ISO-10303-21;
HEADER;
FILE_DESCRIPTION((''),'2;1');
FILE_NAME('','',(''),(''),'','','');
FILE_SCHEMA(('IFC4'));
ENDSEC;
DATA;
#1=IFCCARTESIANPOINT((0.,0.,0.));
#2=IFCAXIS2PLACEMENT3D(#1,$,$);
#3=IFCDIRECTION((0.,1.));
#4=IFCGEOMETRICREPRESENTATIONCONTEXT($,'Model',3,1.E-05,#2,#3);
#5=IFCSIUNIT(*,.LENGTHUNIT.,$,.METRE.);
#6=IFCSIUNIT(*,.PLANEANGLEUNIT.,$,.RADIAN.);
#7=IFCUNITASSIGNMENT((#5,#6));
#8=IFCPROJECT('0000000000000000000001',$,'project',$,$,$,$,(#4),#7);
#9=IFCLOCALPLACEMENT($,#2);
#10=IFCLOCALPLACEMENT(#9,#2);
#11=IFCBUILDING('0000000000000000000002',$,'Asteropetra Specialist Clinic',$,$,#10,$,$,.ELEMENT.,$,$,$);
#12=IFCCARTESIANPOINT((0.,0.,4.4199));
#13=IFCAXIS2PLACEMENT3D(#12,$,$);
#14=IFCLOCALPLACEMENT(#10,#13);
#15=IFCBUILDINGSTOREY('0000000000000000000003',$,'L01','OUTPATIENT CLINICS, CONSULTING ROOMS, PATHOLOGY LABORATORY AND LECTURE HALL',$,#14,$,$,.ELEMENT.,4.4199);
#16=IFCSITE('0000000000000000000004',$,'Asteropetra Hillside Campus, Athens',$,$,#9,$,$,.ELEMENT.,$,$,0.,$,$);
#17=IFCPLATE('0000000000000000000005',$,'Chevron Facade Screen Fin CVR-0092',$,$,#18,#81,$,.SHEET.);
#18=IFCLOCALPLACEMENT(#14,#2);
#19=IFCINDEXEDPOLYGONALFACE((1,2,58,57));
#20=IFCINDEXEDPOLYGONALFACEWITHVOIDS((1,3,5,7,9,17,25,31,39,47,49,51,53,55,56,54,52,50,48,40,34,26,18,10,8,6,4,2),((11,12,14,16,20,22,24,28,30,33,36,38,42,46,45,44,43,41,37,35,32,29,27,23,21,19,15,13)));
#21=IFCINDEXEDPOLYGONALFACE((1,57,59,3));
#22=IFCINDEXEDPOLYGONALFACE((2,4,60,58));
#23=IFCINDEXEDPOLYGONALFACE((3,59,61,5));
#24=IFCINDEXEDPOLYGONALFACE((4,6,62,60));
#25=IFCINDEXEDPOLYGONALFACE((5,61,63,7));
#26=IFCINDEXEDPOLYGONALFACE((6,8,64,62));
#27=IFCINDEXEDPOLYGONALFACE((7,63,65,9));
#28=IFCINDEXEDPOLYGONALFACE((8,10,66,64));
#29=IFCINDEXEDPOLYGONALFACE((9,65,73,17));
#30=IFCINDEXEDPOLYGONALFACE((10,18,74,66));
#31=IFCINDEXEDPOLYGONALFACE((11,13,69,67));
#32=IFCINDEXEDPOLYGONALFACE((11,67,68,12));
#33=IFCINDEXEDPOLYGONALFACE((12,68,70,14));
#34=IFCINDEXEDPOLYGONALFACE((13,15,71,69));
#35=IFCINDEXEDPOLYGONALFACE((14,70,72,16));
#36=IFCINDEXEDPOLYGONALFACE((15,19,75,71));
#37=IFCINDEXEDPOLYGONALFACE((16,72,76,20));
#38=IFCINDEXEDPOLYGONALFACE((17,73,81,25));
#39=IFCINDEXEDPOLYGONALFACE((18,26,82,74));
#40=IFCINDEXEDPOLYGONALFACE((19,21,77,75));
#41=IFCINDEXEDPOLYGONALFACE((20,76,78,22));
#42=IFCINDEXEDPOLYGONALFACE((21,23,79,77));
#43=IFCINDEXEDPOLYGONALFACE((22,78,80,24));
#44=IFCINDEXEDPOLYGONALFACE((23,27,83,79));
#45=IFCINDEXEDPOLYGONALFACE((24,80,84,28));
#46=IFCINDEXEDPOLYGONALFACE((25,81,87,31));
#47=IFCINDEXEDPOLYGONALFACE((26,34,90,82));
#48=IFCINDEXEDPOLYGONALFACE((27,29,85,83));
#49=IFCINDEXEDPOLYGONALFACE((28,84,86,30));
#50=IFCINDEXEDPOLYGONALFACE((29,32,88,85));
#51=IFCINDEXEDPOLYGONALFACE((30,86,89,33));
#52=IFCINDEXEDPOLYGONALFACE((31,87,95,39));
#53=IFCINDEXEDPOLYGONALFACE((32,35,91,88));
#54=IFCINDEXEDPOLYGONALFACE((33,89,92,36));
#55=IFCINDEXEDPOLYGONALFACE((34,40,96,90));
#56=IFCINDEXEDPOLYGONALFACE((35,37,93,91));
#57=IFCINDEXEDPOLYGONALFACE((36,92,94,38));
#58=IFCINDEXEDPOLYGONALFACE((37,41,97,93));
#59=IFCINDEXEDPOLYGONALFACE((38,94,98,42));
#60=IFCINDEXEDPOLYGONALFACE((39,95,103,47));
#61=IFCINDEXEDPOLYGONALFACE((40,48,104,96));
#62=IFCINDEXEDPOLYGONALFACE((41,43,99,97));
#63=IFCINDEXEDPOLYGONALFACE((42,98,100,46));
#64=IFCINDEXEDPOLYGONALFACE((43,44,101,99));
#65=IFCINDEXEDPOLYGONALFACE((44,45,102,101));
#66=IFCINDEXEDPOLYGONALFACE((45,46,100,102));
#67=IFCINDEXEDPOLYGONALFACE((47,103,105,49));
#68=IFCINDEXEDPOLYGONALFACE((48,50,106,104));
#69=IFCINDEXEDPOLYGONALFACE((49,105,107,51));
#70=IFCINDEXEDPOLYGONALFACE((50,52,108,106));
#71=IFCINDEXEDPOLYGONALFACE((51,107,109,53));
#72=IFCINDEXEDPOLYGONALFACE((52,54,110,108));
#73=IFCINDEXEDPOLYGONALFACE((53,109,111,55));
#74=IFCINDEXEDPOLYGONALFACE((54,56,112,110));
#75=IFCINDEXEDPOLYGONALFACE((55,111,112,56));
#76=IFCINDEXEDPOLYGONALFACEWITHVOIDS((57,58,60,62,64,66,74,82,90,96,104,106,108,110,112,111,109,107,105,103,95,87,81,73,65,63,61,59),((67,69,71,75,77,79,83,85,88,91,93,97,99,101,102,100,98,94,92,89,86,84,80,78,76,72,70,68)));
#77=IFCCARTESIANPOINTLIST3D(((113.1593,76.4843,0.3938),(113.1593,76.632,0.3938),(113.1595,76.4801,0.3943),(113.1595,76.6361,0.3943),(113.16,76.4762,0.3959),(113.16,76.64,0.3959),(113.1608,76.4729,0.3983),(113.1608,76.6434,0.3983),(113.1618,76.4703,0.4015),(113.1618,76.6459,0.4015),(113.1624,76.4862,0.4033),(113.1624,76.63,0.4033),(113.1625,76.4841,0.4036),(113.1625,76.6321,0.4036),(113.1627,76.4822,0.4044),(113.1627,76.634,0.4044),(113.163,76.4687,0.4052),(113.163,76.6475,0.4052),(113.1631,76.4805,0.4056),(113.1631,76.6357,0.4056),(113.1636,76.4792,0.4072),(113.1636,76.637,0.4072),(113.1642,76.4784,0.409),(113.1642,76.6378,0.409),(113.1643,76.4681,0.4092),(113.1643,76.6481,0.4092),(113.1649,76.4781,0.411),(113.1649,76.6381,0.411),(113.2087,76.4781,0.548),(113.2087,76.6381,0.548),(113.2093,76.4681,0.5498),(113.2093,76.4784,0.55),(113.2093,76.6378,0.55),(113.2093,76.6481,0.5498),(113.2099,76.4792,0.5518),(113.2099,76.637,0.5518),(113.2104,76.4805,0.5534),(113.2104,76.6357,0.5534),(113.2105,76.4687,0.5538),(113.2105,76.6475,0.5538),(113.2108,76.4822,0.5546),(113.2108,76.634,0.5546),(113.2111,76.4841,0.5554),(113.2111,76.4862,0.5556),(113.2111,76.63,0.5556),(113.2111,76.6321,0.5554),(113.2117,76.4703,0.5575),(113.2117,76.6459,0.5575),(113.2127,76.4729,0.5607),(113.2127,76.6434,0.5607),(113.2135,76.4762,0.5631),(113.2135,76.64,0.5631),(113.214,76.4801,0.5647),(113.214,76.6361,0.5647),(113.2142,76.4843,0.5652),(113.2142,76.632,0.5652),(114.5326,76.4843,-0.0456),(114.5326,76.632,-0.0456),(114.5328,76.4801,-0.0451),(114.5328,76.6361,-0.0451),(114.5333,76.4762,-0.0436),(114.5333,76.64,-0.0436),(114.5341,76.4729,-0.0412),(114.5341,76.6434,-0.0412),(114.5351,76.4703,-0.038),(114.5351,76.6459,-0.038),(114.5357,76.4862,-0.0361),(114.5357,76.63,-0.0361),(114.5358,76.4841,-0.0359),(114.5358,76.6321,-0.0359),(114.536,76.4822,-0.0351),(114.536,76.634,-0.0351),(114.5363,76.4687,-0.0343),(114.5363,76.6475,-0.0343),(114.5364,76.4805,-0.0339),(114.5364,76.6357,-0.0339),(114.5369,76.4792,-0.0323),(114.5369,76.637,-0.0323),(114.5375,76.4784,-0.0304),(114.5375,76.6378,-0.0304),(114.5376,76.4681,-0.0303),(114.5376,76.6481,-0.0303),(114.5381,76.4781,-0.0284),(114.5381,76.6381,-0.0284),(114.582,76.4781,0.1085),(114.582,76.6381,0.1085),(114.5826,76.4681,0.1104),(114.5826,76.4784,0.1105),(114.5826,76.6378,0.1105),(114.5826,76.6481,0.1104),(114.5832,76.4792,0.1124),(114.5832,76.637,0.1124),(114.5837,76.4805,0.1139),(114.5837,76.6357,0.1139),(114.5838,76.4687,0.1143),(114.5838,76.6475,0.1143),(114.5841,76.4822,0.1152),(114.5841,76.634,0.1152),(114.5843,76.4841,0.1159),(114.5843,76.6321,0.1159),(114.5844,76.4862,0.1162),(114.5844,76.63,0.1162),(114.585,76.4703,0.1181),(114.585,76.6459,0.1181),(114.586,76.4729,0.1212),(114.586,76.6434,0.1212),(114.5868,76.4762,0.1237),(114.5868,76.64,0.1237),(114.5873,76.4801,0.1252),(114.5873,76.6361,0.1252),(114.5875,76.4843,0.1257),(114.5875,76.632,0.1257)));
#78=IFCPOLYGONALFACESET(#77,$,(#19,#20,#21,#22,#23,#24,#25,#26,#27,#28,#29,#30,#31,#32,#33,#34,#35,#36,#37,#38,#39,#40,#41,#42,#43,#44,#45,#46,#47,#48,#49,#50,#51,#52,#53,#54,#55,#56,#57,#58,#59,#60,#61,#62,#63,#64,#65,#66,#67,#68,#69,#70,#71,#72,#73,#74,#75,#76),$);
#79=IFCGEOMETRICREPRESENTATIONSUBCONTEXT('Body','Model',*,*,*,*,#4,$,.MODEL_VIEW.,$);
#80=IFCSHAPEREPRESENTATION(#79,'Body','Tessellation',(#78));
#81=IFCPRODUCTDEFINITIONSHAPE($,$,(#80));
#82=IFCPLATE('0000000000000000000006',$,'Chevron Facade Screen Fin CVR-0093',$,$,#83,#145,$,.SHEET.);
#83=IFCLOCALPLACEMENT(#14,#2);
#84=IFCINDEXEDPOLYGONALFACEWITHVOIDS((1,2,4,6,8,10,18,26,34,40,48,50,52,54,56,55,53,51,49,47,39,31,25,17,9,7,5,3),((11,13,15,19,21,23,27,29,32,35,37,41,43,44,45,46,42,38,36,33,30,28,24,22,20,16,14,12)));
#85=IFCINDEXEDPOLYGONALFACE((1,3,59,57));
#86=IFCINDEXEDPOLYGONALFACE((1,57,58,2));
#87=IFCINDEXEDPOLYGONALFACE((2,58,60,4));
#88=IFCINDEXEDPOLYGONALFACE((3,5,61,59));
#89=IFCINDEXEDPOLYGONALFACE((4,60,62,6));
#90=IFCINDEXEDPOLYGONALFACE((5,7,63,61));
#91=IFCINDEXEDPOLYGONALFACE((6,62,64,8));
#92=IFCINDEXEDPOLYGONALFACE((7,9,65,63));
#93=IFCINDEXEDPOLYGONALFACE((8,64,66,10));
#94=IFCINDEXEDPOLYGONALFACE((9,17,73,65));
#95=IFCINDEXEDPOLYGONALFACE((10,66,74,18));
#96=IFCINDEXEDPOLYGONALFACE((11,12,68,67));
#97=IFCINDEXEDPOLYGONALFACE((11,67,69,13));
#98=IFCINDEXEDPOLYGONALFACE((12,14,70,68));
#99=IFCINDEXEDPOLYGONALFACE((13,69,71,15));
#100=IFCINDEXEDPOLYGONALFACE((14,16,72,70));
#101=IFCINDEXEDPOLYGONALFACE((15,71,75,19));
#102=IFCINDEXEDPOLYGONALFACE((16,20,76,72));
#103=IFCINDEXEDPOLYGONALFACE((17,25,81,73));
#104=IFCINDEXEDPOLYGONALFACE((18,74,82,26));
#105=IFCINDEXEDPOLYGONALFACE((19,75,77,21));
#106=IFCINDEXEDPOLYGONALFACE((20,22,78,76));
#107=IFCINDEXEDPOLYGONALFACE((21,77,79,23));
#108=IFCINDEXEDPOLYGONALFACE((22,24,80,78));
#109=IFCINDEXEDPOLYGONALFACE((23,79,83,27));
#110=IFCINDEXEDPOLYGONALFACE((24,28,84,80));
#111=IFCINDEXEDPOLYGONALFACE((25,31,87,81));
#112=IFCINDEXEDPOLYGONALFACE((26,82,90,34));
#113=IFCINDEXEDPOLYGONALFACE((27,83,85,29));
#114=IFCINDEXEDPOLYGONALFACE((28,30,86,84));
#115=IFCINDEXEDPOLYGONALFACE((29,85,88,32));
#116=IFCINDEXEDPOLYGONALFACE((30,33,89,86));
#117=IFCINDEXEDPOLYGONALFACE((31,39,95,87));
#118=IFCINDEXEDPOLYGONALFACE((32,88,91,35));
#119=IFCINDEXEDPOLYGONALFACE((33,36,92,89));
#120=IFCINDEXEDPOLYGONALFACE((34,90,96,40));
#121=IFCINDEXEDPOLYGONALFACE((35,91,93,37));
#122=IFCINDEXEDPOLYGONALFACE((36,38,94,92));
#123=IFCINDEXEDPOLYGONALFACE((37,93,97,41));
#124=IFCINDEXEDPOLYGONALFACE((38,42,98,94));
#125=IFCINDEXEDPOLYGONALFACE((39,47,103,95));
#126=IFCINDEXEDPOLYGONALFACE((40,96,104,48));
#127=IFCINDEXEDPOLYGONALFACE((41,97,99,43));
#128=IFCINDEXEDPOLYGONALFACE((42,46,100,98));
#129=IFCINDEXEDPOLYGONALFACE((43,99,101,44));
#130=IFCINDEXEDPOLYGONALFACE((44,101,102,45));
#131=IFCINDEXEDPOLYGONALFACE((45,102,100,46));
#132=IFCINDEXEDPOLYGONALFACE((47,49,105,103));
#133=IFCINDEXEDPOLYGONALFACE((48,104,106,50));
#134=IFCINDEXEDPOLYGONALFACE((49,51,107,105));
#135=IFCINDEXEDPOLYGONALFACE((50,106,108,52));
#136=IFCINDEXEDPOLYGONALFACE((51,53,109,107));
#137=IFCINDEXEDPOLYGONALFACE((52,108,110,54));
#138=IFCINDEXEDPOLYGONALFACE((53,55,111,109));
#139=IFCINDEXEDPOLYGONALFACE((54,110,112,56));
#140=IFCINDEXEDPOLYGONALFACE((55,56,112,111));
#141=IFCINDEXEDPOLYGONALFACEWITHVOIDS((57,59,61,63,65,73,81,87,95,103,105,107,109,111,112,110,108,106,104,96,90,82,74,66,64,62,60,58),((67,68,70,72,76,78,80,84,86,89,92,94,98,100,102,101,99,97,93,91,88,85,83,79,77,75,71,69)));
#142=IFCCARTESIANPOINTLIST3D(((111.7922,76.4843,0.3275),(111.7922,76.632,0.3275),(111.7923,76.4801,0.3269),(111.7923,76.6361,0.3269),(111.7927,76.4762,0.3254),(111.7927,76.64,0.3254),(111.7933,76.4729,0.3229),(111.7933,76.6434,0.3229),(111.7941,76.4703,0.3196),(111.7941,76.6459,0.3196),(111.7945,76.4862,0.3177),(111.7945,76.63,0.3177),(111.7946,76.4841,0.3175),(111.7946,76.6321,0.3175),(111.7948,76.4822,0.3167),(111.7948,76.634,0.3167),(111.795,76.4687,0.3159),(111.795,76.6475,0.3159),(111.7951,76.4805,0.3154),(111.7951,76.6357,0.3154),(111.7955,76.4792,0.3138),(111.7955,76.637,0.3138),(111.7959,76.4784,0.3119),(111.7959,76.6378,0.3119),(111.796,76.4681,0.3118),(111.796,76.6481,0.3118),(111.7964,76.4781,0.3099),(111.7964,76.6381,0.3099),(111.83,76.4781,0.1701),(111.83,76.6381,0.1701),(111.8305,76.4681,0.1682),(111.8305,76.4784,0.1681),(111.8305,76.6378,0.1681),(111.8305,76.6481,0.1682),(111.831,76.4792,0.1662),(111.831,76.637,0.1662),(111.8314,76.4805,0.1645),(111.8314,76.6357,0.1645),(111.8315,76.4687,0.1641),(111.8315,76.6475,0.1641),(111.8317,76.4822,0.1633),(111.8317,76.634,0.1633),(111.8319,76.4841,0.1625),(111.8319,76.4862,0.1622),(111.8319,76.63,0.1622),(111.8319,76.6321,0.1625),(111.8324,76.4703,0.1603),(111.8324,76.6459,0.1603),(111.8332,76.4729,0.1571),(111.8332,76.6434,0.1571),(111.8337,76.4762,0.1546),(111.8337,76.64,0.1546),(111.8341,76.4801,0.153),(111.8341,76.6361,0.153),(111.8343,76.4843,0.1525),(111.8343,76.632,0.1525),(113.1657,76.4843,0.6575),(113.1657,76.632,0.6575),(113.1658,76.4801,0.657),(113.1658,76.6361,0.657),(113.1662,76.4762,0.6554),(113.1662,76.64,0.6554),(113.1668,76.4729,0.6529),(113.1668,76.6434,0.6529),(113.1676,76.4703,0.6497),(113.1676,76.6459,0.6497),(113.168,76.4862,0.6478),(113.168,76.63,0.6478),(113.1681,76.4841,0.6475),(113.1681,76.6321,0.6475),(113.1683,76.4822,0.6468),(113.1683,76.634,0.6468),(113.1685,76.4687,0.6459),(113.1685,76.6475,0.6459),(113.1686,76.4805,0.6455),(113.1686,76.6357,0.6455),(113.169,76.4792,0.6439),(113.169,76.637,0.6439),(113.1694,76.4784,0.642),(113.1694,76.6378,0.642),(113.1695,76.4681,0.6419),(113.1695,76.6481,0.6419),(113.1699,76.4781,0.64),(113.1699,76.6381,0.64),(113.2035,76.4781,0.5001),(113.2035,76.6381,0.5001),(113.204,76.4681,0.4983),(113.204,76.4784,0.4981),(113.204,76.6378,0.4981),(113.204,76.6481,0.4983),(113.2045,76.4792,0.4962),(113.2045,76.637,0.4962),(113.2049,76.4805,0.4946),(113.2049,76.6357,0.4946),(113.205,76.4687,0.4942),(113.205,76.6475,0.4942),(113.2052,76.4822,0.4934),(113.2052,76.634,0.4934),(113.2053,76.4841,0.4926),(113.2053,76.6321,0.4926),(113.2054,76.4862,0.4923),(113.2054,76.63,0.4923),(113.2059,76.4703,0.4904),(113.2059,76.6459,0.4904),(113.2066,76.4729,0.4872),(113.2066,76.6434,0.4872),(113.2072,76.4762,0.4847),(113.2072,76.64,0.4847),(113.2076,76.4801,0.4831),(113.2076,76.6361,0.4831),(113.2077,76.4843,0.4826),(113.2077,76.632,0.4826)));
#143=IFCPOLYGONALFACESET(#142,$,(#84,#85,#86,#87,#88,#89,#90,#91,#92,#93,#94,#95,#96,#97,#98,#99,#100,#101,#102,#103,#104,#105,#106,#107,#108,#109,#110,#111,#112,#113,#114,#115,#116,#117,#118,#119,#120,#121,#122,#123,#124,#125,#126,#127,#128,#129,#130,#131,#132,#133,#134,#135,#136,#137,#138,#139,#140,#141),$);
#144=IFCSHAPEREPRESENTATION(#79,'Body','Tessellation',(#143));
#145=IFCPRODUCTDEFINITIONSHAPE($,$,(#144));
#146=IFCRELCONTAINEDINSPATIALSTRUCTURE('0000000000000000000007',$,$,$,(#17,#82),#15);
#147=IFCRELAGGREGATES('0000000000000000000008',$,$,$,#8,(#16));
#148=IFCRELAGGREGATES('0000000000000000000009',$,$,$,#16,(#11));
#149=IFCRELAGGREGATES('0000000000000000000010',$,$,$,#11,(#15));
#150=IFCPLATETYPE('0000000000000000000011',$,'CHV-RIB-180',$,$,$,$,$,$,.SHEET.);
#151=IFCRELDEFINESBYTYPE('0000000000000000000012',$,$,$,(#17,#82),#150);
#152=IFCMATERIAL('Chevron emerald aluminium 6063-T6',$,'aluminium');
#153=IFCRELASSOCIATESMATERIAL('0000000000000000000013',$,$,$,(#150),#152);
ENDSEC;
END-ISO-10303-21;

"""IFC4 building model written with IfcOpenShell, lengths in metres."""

from ifc_helpers import new_model, si_unit, direction, frame, origin, origin_2d, place, context, subcontext, project, spatial, hollow_rectangle, extrude, material, material_profile, profile_set, type_object, element, save


model = new_model("IFC4")

# Units and contexts
model_context = context("Model", 3, precision=1e-05, world=origin(), true_north=direction((0.0, 1.0)))
body_context = subcontext(model_context, "Body", "Model", "MODEL_VIEW")
ifc_project = project(units=[si_unit("LENGTHUNIT", "METRE"), si_unit("PLANEANGLEUNIT", "RADIAN")], contexts=[model_context])

# Site, building, storey
site_placement = place(None, origin())
site = spatial("IfcSite", under=ifc_project, at=site_placement, Name="Asteropetra Hillside Campus, Athens", CompositionType="ELEMENT", RefElevation=0.0)
building_placement = place(site_placement, origin())
building = spatial("IfcBuilding", under=site, at=building_placement, Name="Asteropetra Specialist Clinic", CompositionType="ELEMENT")
storey_placement = place(building_placement, frame((0.0, 0.0, 4.4199)))
storey = spatial("IfcBuildingStorey", under=building, at=storey_placement, Name="L01", Description="OUTPATIENT CLINICS, CONSULTING ROOMS, PATHOLOGY LABORATORY AND LECTURE HALL", CompositionType="ELEMENT", Elevation=4.4199)

# Plates
ifc_material_1 = material(Name="Chevron emerald aluminium 6063-T6", Category="aluminium")
ifc_material_profile_1 = material_profile(ifc_material_1, hollow_rectangle(XDim=0.1799, YDim=0.1799, WallThickness=0.01, InnerFilletRadius=0.0081, OuterFilletRadius=0.0161, at=origin_2d()), Name="SHS 180x180x10.0")
ifc_profile_set_1 = profile_set([ifc_material_profile_1], Name="Chevron emerald aluminium 6063-T6")
plate_type_1 = type_object("IfcPlateType", Name="CHV-RIB-180", PredefinedType="SHEET", material=ifc_profile_set_1)
plate_1_placement = place(storey_placement, frame((113.1868, 76.5581, 0.4795), z_axis=(0.952424, 0.0, -0.304776), x_axis=(0.0, 1.0, 0.0)))
element("IfcPlate", 1, at=plate_1_placement, inside=storey, type_object=plate_type_1, Name="Chevron Facade Screen Fin CVR-0092", PredefinedType="SHEET", context=body_context, shape_type="SweptSolid", body=[
    extrude(hollow_rectangle(XDim=0.1799, YDim=0.1799, WallThickness=0.01, InnerFilletRadius=0.0081, OuterFilletRadius=0.0161, at=origin_2d()), origin(), (0.0, 0.0, 1.0), 1.4419),
])
plate_2_placement = place(storey_placement, frame((111.8132, 76.5581, 0.24), z_axis=(0.972318, 0.0, 0.233661), x_axis=(0.0, 1.0, 0.0)))
element("IfcPlate", 2, at=plate_2_placement, inside=storey, type_object=plate_type_1, Name="Chevron Facade Screen Fin CVR-0093", PredefinedType="SHEET", context=body_context, shape_type="SweptSolid", body=[
    extrude(hollow_rectangle(XDim=0.1799, YDim=0.1799, WallThickness=0.01, InnerFilletRadius=0.0081, OuterFilletRadius=0.0161, at=origin_2d()), origin(), (0.0, 0.0, 1.0), 1.4126),
])

save(model, "model.ifc")
